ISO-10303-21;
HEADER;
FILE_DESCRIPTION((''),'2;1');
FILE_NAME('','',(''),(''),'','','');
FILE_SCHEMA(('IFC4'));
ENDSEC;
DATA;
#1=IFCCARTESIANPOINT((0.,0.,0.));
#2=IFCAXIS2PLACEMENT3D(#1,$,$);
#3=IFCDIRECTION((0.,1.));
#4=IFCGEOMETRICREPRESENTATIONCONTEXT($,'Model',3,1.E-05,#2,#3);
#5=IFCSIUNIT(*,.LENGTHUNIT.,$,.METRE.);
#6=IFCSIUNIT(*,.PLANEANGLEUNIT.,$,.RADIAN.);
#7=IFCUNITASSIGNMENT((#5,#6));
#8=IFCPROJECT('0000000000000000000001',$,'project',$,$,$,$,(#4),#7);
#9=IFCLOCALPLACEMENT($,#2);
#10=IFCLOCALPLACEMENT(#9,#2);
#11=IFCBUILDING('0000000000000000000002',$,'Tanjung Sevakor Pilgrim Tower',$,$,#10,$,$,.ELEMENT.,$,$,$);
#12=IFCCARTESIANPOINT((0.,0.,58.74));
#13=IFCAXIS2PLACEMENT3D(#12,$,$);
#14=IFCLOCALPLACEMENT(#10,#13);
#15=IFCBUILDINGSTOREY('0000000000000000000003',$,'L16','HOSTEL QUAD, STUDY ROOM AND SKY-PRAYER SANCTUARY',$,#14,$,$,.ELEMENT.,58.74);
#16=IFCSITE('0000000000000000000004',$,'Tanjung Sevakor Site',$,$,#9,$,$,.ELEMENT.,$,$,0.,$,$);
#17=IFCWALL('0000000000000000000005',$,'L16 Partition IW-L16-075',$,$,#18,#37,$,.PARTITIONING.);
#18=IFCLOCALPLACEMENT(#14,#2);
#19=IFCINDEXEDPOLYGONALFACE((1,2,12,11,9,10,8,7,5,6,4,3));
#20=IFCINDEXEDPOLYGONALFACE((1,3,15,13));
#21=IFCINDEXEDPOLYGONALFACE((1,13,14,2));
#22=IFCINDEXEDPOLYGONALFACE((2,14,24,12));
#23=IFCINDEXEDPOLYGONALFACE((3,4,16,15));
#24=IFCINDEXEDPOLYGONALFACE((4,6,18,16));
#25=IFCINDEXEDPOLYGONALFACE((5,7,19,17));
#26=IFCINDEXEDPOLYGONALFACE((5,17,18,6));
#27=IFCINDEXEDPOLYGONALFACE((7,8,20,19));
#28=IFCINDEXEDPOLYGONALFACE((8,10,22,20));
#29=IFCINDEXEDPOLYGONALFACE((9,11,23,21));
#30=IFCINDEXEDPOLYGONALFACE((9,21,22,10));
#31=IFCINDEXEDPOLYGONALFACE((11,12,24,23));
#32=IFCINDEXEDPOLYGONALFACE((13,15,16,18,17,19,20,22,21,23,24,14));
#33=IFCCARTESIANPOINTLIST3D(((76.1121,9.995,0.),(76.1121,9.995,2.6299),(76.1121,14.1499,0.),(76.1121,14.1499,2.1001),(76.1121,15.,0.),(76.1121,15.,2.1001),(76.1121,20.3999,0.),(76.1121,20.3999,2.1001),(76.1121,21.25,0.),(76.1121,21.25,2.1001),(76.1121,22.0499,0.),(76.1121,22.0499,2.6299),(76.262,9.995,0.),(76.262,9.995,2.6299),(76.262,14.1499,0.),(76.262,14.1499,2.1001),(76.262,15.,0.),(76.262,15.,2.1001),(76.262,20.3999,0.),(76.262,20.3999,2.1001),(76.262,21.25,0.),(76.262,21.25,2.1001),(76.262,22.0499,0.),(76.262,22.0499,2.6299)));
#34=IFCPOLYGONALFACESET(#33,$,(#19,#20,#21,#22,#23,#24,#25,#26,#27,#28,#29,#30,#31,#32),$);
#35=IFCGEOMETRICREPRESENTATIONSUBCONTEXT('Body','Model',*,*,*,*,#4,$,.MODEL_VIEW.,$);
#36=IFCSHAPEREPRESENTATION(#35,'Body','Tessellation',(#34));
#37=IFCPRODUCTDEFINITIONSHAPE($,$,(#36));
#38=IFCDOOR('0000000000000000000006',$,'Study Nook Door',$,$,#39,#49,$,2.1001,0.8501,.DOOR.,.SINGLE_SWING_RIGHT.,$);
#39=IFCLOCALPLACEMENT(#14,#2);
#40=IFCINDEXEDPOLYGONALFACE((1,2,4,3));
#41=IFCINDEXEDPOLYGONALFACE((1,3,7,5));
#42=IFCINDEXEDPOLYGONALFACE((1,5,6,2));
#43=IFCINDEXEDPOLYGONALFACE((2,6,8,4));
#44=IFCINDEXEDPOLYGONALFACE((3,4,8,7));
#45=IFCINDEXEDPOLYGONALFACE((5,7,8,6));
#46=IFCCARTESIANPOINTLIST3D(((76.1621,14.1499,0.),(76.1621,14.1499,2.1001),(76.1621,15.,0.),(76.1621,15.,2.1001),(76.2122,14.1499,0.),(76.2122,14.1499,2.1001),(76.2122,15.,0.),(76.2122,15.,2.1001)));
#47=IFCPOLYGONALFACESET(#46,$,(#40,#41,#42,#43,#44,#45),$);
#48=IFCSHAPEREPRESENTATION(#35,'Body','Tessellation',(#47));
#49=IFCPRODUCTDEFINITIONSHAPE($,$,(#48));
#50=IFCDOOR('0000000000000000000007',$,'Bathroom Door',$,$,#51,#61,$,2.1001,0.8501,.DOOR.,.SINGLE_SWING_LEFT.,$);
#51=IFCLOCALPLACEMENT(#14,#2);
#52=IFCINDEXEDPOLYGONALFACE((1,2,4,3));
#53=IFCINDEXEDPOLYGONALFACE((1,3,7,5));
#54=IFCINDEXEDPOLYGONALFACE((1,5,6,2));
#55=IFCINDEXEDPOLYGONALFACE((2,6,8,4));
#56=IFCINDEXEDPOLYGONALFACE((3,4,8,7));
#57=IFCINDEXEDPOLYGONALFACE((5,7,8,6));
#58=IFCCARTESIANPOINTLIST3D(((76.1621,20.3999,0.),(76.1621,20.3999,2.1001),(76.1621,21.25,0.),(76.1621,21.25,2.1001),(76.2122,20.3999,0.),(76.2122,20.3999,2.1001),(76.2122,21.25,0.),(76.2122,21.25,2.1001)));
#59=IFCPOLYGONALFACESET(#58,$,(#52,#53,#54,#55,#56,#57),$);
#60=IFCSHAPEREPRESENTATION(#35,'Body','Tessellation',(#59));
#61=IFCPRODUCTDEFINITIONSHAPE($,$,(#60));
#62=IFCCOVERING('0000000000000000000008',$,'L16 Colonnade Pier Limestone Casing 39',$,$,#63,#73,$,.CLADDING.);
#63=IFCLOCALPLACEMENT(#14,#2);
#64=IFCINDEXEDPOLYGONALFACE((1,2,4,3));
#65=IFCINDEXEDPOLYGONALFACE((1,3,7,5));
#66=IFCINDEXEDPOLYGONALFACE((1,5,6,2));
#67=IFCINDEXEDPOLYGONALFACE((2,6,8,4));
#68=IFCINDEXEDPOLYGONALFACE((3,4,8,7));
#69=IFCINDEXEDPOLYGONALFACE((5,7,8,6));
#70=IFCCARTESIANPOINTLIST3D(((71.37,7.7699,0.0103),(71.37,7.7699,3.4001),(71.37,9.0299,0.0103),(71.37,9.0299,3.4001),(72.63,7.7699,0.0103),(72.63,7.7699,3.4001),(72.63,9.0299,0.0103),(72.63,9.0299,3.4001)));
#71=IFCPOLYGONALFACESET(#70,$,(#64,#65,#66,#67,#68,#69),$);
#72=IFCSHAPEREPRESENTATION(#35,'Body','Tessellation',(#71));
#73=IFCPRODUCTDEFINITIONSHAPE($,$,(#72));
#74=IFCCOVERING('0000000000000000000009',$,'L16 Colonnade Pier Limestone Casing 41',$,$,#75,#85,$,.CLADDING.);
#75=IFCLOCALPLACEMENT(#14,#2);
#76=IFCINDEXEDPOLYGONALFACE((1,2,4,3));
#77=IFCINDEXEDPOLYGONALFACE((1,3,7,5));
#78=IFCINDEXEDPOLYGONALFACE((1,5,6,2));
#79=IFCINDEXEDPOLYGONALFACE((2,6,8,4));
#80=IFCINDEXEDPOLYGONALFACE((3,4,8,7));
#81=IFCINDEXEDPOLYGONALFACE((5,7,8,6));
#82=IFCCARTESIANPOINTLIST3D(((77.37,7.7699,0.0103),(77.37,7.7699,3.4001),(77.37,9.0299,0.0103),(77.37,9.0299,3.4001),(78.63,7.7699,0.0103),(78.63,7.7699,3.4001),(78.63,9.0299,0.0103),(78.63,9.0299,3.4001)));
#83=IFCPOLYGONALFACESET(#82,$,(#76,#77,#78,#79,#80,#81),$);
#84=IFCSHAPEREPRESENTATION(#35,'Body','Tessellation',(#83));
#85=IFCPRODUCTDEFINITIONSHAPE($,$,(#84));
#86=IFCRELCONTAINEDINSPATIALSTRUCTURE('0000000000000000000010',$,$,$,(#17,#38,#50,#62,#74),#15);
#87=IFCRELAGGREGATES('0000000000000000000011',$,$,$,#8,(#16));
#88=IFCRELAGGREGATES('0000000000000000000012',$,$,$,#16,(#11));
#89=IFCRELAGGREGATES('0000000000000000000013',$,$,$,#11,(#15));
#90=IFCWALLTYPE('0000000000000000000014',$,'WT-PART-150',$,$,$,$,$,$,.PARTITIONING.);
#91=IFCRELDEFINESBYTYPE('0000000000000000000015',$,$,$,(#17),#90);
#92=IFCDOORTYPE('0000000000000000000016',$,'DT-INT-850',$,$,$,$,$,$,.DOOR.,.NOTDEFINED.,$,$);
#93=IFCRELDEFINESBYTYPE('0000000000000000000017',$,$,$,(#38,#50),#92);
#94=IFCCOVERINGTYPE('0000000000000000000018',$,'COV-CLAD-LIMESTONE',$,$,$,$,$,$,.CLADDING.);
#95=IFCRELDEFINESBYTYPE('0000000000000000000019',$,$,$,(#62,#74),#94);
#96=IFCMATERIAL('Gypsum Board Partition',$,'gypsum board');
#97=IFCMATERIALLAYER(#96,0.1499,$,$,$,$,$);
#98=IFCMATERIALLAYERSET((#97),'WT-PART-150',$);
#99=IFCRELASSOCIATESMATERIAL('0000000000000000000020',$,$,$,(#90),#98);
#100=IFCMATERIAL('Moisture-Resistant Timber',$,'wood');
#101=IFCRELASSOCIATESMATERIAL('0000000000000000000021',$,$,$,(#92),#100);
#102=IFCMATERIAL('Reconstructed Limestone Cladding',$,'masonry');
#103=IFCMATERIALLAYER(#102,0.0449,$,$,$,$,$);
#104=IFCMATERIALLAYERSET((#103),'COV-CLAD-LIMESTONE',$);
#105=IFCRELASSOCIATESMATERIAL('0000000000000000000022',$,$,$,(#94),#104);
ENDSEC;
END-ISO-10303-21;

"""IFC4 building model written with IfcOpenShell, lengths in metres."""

from ifc_helpers import new_model, si_unit, direction, frame, frame_2d, origin, origin_2d, place, context, subcontext, project, spatial, rectangle, extrude, material, layer, layer_set, type_object, element, fill, save


model = new_model("IFC4")

# Units and contexts
model_context = context("Model", 3, precision=1e-05, world=origin(), true_north=direction((0.0, 1.0)))
body_context = subcontext(model_context, "Body", "Model", "MODEL_VIEW")
ifc_project = project(units=[si_unit("LENGTHUNIT", "METRE"), si_unit("PLANEANGLEUNIT", "RADIAN")], contexts=[model_context])

# Site, building, storey
site_placement = place(None, origin())
site = spatial("IfcSite", under=ifc_project, at=site_placement, Name="Tanjung Sevakor Site", CompositionType="ELEMENT", RefElevation=0.0)
building_placement = place(site_placement, origin())
building = spatial("IfcBuilding", under=site, at=building_placement, Name="Tanjung Sevakor Pilgrim Tower", CompositionType="ELEMENT")
storey_placement = place(building_placement, frame((0.0, 0.0, 58.74)))
storey = spatial("IfcBuildingStorey", under=building, at=storey_placement, Name="L16", Description="HOSTEL QUAD, STUDY ROOM AND SKY-PRAYER SANCTUARY", CompositionType="ELEMENT", Elevation=58.74)

# Wall, openings, doors
ifc_material_1 = material(Name="Gypsum Board Partition", Category="gypsum board")
ifc_layer_1 = layer(ifc_material_1, 0.1499)
ifc_layer_set_1 = layer_set([ifc_layer_1], Name="WT-PART-150")
wall_type_1 = type_object("IfcWallType", Name="WT-PART-150", PredefinedType="PARTITIONING", material=ifc_layer_set_1)
wall_1_placement = place(storey_placement, frame((76.187, 9.9951, 0.0), z_axis=(0.0, 0.0, 1.0), x_axis=(0.0, 1.0, 0.0)))
wall_1 = element("IfcWall", 1, at=wall_1_placement, inside=storey, type_object=wall_type_1, Name="L16 Partition IW-L16-075", PredefinedType="PARTITIONING", context=body_context, shape_type="SweptSolid", body=[
    extrude(rectangle(XDim=12.0549, YDim=0.1499, at=frame_2d((6.0273, 0.0))), origin(), (0.0, 0.0, 1.0), 2.6299),
])
opening_1_placement = place(wall_1_placement, frame((4.1548, 0.0, 0.0)))
opening_1 = element("IfcOpeningElement", 2, at=opening_1_placement, cuts=wall_1, PredefinedType="OPENING", context=body_context, shape_type="SweptSolid", body=[
    extrude(rectangle(XDim=0.8501, YDim=2.1001, at=frame_2d((0.425, 1.05))), frame((0.0, 0.085, 0.0), z_axis=(0.0, -1.0, 0.0), x_axis=(1.0, 0.0, 0.0)), (0.0, 0.0, 1.0), 0.1699),
])
opening_2_placement = place(wall_1_placement, frame((10.4048, 0.0, 0.0)))
opening_2 = element("IfcOpeningElement", 3, at=opening_2_placement, cuts=wall_1, PredefinedType="OPENING", context=body_context, shape_type="SweptSolid", body=[
    extrude(rectangle(XDim=0.8501, YDim=2.1001, at=frame_2d((0.425, 1.05))), frame((0.0, 0.085, 0.0), z_axis=(0.0, -1.0, 0.0), x_axis=(1.0, 0.0, 0.0)), (0.0, 0.0, 1.0), 0.1699),
])
ifc_material_2 = material(Name="Moisture-Resistant Timber", Category="wood")
door_type = type_object("IfcDoorType", Name="DT-INT-850", OperationType="NOTDEFINED", PredefinedType="DOOR", material=ifc_material_2)
door_1_placement = place(opening_1_placement, origin())
door_1 = element("IfcDoor", 4, at=door_1_placement, inside=storey, type_object=door_type, Name="Study Nook Door", OperationType="SINGLE_SWING_RIGHT", OverallHeight=2.1001, OverallWidth=0.8501, PredefinedType="DOOR", context=body_context, shape_type="SweptSolid", body=[
    extrude(rectangle(XDim=0.8501, YDim=2.1001, at=frame_2d((0.425, 1.05))), frame((0.0, 0.0249, 0.0), z_axis=(0.0, -1.0, 0.0), x_axis=(1.0, 0.0, 0.0)), (0.0, 0.0, 1.0), 0.05),
])
fill(opening_1, door_1)
door_2_placement = place(opening_2_placement, origin())
door_2 = element("IfcDoor", 5, at=door_2_placement, inside=storey, type_object=door_type, Name="Bathroom Door", OperationType="SINGLE_SWING_LEFT", OverallHeight=2.1001, OverallWidth=0.8501, PredefinedType="DOOR", context=body_context, shape_type="SweptSolid", body=[
    extrude(rectangle(XDim=0.8501, YDim=2.1001, at=frame_2d((0.425, 1.05))), frame((0.0, 0.0249, 0.0), z_axis=(0.0, -1.0, 0.0), x_axis=(1.0, 0.0, 0.0)), (0.0, 0.0, 1.0), 0.05),
])
fill(opening_2, door_2)

# Coverings
ifc_material_3 = material(Name="Reconstructed Limestone Cladding", Category="masonry")
ifc_layer_2 = layer(ifc_material_3, 0.0449)
ifc_layer_set_2 = layer_set([ifc_layer_2], Name="COV-CLAD-LIMESTONE")
covering_type = type_object("IfcCoveringType", Name="COV-CLAD-LIMESTONE", PredefinedType="CLADDING", material=ifc_layer_set_2)
for number, where, z_axis, x_axis, name in (
    (6, (72.0, 8.3999, 0.0103), (0.0, 0.0, 1.0), (1.0, 0.0, 0.0), "L16 Colonnade Pier Limestone Casing 39"),
    (7, (78.0, 8.3999, 0.0103), (0.0, 0.0, 1.0), (1.0, 0.0, 0.0), "L16 Colonnade Pier Limestone Casing 41"),
):
    element("IfcCovering", number, at=place(storey_placement, frame(where, z_axis=z_axis, x_axis=x_axis)), inside=storey, type_object=covering_type, Name=name, PredefinedType="CLADDING", context=body_context, shape_type="SweptSolid", body=[
        extrude(rectangle(XDim=1.26, YDim=1.26, at=origin_2d()), origin(), (0.0, 0.0, 1.0), 3.3899),
    ])

save(model, "model.ifc")
